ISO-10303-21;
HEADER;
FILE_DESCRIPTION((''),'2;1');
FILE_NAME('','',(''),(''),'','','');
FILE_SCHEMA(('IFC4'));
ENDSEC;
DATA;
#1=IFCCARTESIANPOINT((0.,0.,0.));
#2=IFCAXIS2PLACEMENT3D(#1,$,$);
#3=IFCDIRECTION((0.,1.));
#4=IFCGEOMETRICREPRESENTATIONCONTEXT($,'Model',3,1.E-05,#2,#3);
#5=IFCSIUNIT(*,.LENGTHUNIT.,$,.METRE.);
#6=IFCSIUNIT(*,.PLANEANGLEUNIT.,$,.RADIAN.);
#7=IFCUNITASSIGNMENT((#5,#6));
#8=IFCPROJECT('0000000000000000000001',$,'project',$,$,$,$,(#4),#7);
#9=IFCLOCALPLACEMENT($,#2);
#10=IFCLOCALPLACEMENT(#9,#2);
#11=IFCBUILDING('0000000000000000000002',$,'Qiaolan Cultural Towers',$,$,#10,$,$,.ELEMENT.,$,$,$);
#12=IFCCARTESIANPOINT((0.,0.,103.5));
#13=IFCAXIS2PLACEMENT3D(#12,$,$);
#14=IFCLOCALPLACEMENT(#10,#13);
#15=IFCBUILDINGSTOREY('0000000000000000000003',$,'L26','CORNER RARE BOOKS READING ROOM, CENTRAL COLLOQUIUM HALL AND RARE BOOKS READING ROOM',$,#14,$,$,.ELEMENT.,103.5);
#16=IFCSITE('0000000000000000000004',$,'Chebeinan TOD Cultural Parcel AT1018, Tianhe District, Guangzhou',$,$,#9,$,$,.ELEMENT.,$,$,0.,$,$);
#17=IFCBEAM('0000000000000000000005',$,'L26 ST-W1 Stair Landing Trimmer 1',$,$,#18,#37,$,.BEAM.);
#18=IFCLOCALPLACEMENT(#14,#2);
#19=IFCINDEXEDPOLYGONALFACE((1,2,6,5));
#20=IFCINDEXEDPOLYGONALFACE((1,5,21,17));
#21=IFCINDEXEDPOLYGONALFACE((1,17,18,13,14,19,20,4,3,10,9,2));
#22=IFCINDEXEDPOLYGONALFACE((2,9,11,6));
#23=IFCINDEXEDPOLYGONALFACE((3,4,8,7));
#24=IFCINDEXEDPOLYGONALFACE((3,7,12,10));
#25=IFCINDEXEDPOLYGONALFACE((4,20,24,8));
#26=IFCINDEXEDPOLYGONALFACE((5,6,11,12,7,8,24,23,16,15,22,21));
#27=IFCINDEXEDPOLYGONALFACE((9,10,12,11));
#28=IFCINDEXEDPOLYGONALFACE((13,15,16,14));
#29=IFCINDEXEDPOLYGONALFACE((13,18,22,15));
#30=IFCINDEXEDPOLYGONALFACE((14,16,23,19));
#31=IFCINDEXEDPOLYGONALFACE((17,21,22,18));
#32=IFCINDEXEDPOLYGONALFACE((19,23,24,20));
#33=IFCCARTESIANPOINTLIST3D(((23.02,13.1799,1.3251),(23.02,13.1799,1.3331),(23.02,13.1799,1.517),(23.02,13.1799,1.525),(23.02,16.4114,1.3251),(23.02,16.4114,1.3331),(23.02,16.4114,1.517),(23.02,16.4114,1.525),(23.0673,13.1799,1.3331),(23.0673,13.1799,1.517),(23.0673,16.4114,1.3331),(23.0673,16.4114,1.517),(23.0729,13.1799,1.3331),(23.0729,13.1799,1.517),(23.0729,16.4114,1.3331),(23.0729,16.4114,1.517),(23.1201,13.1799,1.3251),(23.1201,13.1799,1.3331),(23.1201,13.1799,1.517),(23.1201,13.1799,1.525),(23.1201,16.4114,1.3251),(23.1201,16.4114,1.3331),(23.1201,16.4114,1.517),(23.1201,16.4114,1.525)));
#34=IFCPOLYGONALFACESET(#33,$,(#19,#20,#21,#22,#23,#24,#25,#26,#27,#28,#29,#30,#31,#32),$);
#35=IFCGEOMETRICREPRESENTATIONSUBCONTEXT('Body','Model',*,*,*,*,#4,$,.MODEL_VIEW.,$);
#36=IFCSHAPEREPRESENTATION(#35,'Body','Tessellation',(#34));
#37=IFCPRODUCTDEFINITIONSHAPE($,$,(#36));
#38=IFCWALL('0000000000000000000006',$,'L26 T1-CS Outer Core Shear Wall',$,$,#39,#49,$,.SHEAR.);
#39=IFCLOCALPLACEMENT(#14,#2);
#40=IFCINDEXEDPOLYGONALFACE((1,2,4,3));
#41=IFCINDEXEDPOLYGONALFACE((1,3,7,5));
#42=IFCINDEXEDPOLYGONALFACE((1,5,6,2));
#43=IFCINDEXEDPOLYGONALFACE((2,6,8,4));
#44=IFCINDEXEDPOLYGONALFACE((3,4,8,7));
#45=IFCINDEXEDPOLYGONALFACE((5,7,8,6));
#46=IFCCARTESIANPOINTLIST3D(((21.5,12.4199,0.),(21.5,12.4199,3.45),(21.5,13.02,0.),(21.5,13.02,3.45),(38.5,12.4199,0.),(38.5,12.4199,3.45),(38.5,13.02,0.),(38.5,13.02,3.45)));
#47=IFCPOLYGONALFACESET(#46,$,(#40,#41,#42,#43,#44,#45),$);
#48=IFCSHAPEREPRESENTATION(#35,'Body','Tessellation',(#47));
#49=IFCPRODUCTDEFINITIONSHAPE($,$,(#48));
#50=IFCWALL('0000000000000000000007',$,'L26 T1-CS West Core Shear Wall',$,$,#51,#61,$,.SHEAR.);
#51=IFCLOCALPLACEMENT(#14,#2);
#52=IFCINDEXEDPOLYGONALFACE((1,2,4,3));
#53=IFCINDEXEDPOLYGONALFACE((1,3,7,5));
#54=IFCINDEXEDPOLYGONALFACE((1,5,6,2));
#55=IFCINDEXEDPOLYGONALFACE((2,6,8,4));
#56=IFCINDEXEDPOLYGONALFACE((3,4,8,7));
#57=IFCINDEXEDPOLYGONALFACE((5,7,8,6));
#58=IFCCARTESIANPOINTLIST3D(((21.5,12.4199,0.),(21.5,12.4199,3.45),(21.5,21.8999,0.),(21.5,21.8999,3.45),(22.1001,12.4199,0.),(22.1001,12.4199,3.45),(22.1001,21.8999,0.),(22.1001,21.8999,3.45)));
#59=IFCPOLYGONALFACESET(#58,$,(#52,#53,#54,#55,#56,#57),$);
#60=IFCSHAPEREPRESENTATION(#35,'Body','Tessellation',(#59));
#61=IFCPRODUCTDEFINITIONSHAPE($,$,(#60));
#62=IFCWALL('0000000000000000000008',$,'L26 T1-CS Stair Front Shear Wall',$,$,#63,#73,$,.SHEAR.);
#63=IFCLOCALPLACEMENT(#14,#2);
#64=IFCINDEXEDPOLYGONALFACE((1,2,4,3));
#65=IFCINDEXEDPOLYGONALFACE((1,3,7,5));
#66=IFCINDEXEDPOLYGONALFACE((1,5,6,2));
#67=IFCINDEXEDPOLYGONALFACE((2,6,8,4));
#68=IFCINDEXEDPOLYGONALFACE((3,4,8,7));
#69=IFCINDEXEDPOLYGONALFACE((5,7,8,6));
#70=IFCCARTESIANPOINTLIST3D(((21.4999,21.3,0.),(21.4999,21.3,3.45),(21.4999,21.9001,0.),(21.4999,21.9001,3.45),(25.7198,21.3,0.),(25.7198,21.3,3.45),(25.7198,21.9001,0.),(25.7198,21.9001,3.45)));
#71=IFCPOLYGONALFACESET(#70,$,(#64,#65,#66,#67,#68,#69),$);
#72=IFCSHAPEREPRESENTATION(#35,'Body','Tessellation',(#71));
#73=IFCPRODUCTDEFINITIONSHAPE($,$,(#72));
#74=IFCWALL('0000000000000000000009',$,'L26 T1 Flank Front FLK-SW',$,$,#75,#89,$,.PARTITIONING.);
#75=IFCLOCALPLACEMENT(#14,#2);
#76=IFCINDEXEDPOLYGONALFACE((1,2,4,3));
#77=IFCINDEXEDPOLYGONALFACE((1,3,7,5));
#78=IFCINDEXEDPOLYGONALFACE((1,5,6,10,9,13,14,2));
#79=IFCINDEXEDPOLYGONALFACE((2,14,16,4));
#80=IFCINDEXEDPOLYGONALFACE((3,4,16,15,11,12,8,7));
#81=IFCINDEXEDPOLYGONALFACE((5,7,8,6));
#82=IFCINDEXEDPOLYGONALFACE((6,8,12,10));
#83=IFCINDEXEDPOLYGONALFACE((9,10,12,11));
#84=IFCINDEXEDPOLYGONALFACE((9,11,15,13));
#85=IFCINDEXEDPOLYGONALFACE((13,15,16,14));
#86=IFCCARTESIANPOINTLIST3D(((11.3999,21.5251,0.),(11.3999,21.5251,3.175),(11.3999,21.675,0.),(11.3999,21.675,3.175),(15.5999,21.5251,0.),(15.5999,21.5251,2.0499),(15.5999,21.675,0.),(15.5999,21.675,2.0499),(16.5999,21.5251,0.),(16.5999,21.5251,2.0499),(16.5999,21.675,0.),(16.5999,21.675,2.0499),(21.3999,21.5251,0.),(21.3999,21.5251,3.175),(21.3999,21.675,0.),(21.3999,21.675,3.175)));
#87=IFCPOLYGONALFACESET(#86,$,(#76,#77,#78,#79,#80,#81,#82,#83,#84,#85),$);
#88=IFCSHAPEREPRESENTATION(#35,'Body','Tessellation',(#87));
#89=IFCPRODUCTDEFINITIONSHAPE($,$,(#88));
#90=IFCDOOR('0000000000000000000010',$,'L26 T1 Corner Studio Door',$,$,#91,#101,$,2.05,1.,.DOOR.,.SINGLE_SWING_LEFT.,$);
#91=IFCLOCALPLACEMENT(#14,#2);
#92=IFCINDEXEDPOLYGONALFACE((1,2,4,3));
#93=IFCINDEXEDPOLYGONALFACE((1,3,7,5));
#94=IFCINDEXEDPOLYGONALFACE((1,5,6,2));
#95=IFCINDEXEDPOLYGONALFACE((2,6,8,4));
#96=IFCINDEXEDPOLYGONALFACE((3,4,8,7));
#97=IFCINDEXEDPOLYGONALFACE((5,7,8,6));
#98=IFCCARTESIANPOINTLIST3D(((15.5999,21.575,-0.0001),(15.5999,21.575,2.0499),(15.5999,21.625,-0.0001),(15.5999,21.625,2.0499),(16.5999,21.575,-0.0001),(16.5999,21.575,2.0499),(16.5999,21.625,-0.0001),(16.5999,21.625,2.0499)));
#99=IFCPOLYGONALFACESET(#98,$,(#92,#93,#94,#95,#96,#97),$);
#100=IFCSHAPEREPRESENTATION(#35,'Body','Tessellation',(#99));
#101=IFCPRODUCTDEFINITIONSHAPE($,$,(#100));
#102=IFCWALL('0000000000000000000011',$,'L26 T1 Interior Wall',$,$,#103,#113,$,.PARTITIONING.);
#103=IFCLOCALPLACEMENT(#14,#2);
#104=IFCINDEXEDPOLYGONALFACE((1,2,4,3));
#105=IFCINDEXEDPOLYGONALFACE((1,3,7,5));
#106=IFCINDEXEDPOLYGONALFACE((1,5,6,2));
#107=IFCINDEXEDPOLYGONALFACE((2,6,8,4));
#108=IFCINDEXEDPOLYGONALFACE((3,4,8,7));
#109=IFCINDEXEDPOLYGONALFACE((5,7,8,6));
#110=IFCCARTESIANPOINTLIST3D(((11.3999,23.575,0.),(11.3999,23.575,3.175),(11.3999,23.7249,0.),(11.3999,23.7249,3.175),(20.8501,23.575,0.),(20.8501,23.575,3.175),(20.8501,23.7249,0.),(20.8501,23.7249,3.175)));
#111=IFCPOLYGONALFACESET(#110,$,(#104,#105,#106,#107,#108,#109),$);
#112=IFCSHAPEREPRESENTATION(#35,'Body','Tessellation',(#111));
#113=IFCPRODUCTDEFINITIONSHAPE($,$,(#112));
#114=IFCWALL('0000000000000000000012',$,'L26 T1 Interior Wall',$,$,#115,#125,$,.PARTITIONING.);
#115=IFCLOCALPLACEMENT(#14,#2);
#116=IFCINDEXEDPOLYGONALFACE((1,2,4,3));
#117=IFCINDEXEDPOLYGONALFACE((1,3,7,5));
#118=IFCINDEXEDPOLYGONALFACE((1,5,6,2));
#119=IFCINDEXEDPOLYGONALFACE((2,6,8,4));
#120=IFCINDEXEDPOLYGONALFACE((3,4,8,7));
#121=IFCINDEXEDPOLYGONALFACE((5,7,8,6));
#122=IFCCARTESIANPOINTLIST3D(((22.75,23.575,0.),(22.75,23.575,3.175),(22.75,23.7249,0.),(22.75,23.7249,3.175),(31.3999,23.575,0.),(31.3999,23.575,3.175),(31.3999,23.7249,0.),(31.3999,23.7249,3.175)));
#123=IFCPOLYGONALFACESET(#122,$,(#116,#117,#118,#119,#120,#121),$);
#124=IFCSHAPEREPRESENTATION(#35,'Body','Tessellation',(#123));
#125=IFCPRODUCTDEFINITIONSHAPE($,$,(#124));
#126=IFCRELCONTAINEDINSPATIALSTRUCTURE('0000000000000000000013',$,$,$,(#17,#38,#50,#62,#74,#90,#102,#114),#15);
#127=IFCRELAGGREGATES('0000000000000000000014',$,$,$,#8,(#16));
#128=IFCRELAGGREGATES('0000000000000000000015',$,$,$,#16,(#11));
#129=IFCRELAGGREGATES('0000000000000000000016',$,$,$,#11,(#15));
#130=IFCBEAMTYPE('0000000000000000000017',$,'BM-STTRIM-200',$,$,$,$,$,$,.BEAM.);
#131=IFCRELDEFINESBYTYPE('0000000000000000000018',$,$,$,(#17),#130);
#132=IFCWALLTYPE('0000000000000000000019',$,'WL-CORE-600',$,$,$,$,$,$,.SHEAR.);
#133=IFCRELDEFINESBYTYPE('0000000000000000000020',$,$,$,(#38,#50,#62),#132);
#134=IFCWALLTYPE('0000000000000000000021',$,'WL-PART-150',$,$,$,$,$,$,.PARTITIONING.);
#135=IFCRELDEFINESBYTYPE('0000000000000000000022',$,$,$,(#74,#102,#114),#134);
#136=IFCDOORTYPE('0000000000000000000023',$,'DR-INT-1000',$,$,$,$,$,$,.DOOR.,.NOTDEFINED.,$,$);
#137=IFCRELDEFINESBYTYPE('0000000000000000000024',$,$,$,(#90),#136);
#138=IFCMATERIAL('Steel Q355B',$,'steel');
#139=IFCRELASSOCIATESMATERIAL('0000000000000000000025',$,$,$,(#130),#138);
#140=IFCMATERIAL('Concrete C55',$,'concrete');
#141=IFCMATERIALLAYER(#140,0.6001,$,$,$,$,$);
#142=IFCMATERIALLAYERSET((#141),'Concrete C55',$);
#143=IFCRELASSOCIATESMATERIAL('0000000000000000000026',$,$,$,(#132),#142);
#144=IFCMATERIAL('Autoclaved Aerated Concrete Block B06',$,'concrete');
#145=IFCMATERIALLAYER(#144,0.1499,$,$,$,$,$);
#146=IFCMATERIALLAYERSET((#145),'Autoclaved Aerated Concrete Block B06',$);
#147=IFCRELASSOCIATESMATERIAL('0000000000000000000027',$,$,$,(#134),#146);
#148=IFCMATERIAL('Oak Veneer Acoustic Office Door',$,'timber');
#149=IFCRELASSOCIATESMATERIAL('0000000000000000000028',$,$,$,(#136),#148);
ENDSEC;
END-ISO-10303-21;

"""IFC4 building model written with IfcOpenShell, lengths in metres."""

from ifc_helpers import new_model, si_unit, direction, frame, frame_2d, origin, origin_2d, place, context, subcontext, project, spatial, rectangle, i_section, extrude, material, layer, layer_set, material_profile, profile_set, type_object, element, fill, save


model = new_model("IFC4")

# Units and contexts
model_context = context("Model", 3, precision=1e-05, world=origin(), true_north=direction((0.0, 1.0)))
body_context = subcontext(model_context, "Body", "Model", "MODEL_VIEW")
ifc_project = project(units=[si_unit("LENGTHUNIT", "METRE"), si_unit("PLANEANGLEUNIT", "RADIAN")], contexts=[model_context])

# Site, building, storey
site_placement = place(None, origin())
site = spatial("IfcSite", under=ifc_project, at=site_placement, Name="Chebeinan TOD Cultural Parcel AT1018, Tianhe District, Guangzhou", CompositionType="ELEMENT", RefElevation=0.0)
building_placement = place(site_placement, origin())
building = spatial("IfcBuilding", under=site, at=building_placement, Name="Qiaolan Cultural Towers", CompositionType="ELEMENT")
storey_placement = place(building_placement, frame((0.0, 0.0, 103.5)))
storey = spatial("IfcBuildingStorey", under=building, at=storey_placement, Name="L26", Description="CORNER RARE BOOKS READING ROOM, CENTRAL COLLOQUIUM HALL AND RARE BOOKS READING ROOM", CompositionType="ELEMENT", Elevation=103.5)

# Beam
ifc_material_1 = material(Name="Steel Q355B", Category="steel")
ifc_material_profile_1 = material_profile(ifc_material_1, i_section(OverallWidth=0.1001, OverallDepth=0.2, WebThickness=0.0056, FlangeThickness=0.0081, at=origin_2d()), Name="HN200x100x5.5x8")
ifc_profile_set_1 = profile_set([ifc_material_profile_1], Name="Steel Q355B")
beam_type_1 = type_object("IfcBeamType", Name="BM-STTRIM-200", PredefinedType="BEAM", material=ifc_profile_set_1)
beam_1_placement = place(storey_placement, frame((23.0701, 16.4114, 1.425), z_axis=(0.0, -1.0, 0.0), x_axis=(1.0, 0.0, 0.0)))
element("IfcBeam", 1, at=beam_1_placement, inside=storey, type_object=beam_type_1, Name="L26 ST-W1 Stair Landing Trimmer 1", PredefinedType="BEAM", context=body_context, shape_type="SweptSolid", body=[
    extrude(i_section(OverallWidth=0.1001, OverallDepth=0.2, WebThickness=0.0056, FlangeThickness=0.0081, at=origin_2d()), origin(), (0.0, 0.0, 1.0), 3.2314),
])

# Walls
ifc_material_2 = material(Name="Concrete C55", Category="concrete")
ifc_layer_1 = layer(ifc_material_2, 0.6001)
ifc_layer_set_1 = layer_set([ifc_layer_1], Name="Concrete C55")
wall_type_1 = type_object("IfcWallType", Name="WL-CORE-600", PredefinedType="SHEAR", material=ifc_layer_set_1)
wall_1_placement = place(storey_placement, frame((21.5, 12.72, 0.0), z_axis=(0.0, 0.0, 1.0), x_axis=(1.0, 0.0, 0.0)))
element("IfcWall", 2, at=wall_1_placement, inside=storey, type_object=wall_type_1, Name="L26 T1-CS Outer Core Shear Wall", PredefinedType="SHEAR", context=body_context, shape_type="SweptSolid", body=[
    extrude(rectangle(XDim=17.0, YDim=0.6001, at=frame_2d((8.5, 0.0))), origin(), (0.0, 0.0, 1.0), 3.45),
])
wall_2_placement = place(storey_placement, frame((21.8, 21.8999, 0.0), z_axis=(0.0, 0.0, 1.0), x_axis=(0.0, -1.0, 0.0)))
element("IfcWall", 3, at=wall_2_placement, inside=storey, type_object=wall_type_1, Name="L26 T1-CS West Core Shear Wall", PredefinedType="SHEAR", context=body_context, shape_type="SweptSolid", body=[
    extrude(rectangle(XDim=9.48, YDim=0.6001, at=frame_2d((4.74, 0.0))), origin(), (0.0, 0.0, 1.0), 3.45),
])
wall_3_placement = place(storey_placement, frame((21.5, 21.6001, 0.0), z_axis=(0.0, 0.0, 1.0), x_axis=(1.0, 0.0, 0.0)))
element("IfcWall", 4, at=wall_3_placement, inside=storey, type_object=wall_type_1, Name="L26 T1-CS Stair Front Shear Wall", PredefinedType="SHEAR", context=body_context, shape_type="SweptSolid", body=[
    extrude(rectangle(XDim=4.22, YDim=0.6001, at=frame_2d((2.1099, 0.0))), origin(), (0.0, 0.0, 1.0), 3.45),
])

# Wall, opening, door
ifc_material_3 = material(Name="Autoclaved Aerated Concrete Block B06", Category="concrete")
ifc_layer_2 = layer(ifc_material_3, 0.1499)
ifc_layer_set_2 = layer_set([ifc_layer_2], Name="Autoclaved Aerated Concrete Block B06")
wall_type_2 = type_object("IfcWallType", Name="WL-PART-150", PredefinedType="PARTITIONING", material=ifc_layer_set_2)
wall_4_placement = place(storey_placement, frame((11.3999, 21.6001, 0.0), z_axis=(0.0, 0.0, 1.0), x_axis=(1.0, 0.0, 0.0)))
wall_4 = element("IfcWall", 5, at=wall_4_placement, inside=storey, type_object=wall_type_2, Name="L26 T1 Flank Front FLK-SW", PredefinedType="PARTITIONING", context=body_context, shape_type="SweptSolid", body=[
    extrude(rectangle(XDim=10.0, YDim=0.1499, at=frame_2d((5.0, 0.0))), origin(), (0.0, 0.0, 1.0), 3.175),
])
opening_1_placement = place(wall_4_placement, frame((4.2, 0.0, 0.0)))
opening_1 = element("IfcOpeningElement", 6, at=opening_1_placement, cuts=wall_4, PredefinedType="OPENING", context=body_context, shape_type="SweptSolid", body=[
    extrude(rectangle(XDim=1.0, YDim=2.05, at=frame_2d((0.5, 1.0249))), frame((0.0, 0.085, 0.0), z_axis=(0.0, -1.0, 0.0), x_axis=(1.0, 0.0, 0.0)), (0.0, 0.0, 1.0), 0.1699),
])
ifc_material_4 = material(Name="Oak Veneer Acoustic Office Door", Category="timber")
door_type_1 = type_object("IfcDoorType", Name="DR-INT-1000", OperationType="NOTDEFINED", PredefinedType="DOOR", material=ifc_material_4)
door_1_placement = place(opening_1_placement, origin())
door_1 = element("IfcDoor", 7, at=door_1_placement, inside=storey, type_object=door_type_1, Name="L26 T1 Corner Studio Door", OperationType="SINGLE_SWING_LEFT", OverallHeight=2.05, OverallWidth=1.0, PredefinedType="DOOR", context=body_context, shape_type="SweptSolid", body=[
    extrude(rectangle(XDim=1.0, YDim=2.05, at=frame_2d((0.5, 1.0249))), frame((0.0, 0.0249, 0.0), z_axis=(0.0, -1.0, 0.0), x_axis=(1.0, 0.0, 0.0)), (0.0, 0.0, 1.0), 0.05),
])
fill(opening_1, door_1)

# Walls
wall_5_placement = place(storey_placement, frame((11.3999, 23.6499, 0.0), z_axis=(0.0, 0.0, 1.0), x_axis=(1.0, 0.0, 0.0)))
element("IfcWall", 8, at=wall_5_placement, inside=storey, type_object=wall_type_2, Name="L26 T1 Interior Wall", PredefinedType="PARTITIONING", context=body_context, shape_type="SweptSolid", body=[
    extrude(rectangle(XDim=9.4502, YDim=0.1499, at=frame_2d((4.7251, 0.0))), origin(), (0.0, 0.0, 1.0), 3.175),
])
wall_6_placement = place(storey_placement, frame((22.75, 23.6499, 0.0), z_axis=(0.0, 0.0, 1.0), x_axis=(1.0, 0.0, 0.0)))
element("IfcWall", 9, at=wall_6_placement, inside=storey, type_object=wall_type_2, Name="L26 T1 Interior Wall", PredefinedType="PARTITIONING", context=body_context, shape_type="SweptSolid", body=[
    extrude(rectangle(XDim=8.6499, YDim=0.1499, at=frame_2d((4.325, 0.0))), origin(), (0.0, 0.0, 1.0), 3.175),
])

save(model, "model.ifc")
